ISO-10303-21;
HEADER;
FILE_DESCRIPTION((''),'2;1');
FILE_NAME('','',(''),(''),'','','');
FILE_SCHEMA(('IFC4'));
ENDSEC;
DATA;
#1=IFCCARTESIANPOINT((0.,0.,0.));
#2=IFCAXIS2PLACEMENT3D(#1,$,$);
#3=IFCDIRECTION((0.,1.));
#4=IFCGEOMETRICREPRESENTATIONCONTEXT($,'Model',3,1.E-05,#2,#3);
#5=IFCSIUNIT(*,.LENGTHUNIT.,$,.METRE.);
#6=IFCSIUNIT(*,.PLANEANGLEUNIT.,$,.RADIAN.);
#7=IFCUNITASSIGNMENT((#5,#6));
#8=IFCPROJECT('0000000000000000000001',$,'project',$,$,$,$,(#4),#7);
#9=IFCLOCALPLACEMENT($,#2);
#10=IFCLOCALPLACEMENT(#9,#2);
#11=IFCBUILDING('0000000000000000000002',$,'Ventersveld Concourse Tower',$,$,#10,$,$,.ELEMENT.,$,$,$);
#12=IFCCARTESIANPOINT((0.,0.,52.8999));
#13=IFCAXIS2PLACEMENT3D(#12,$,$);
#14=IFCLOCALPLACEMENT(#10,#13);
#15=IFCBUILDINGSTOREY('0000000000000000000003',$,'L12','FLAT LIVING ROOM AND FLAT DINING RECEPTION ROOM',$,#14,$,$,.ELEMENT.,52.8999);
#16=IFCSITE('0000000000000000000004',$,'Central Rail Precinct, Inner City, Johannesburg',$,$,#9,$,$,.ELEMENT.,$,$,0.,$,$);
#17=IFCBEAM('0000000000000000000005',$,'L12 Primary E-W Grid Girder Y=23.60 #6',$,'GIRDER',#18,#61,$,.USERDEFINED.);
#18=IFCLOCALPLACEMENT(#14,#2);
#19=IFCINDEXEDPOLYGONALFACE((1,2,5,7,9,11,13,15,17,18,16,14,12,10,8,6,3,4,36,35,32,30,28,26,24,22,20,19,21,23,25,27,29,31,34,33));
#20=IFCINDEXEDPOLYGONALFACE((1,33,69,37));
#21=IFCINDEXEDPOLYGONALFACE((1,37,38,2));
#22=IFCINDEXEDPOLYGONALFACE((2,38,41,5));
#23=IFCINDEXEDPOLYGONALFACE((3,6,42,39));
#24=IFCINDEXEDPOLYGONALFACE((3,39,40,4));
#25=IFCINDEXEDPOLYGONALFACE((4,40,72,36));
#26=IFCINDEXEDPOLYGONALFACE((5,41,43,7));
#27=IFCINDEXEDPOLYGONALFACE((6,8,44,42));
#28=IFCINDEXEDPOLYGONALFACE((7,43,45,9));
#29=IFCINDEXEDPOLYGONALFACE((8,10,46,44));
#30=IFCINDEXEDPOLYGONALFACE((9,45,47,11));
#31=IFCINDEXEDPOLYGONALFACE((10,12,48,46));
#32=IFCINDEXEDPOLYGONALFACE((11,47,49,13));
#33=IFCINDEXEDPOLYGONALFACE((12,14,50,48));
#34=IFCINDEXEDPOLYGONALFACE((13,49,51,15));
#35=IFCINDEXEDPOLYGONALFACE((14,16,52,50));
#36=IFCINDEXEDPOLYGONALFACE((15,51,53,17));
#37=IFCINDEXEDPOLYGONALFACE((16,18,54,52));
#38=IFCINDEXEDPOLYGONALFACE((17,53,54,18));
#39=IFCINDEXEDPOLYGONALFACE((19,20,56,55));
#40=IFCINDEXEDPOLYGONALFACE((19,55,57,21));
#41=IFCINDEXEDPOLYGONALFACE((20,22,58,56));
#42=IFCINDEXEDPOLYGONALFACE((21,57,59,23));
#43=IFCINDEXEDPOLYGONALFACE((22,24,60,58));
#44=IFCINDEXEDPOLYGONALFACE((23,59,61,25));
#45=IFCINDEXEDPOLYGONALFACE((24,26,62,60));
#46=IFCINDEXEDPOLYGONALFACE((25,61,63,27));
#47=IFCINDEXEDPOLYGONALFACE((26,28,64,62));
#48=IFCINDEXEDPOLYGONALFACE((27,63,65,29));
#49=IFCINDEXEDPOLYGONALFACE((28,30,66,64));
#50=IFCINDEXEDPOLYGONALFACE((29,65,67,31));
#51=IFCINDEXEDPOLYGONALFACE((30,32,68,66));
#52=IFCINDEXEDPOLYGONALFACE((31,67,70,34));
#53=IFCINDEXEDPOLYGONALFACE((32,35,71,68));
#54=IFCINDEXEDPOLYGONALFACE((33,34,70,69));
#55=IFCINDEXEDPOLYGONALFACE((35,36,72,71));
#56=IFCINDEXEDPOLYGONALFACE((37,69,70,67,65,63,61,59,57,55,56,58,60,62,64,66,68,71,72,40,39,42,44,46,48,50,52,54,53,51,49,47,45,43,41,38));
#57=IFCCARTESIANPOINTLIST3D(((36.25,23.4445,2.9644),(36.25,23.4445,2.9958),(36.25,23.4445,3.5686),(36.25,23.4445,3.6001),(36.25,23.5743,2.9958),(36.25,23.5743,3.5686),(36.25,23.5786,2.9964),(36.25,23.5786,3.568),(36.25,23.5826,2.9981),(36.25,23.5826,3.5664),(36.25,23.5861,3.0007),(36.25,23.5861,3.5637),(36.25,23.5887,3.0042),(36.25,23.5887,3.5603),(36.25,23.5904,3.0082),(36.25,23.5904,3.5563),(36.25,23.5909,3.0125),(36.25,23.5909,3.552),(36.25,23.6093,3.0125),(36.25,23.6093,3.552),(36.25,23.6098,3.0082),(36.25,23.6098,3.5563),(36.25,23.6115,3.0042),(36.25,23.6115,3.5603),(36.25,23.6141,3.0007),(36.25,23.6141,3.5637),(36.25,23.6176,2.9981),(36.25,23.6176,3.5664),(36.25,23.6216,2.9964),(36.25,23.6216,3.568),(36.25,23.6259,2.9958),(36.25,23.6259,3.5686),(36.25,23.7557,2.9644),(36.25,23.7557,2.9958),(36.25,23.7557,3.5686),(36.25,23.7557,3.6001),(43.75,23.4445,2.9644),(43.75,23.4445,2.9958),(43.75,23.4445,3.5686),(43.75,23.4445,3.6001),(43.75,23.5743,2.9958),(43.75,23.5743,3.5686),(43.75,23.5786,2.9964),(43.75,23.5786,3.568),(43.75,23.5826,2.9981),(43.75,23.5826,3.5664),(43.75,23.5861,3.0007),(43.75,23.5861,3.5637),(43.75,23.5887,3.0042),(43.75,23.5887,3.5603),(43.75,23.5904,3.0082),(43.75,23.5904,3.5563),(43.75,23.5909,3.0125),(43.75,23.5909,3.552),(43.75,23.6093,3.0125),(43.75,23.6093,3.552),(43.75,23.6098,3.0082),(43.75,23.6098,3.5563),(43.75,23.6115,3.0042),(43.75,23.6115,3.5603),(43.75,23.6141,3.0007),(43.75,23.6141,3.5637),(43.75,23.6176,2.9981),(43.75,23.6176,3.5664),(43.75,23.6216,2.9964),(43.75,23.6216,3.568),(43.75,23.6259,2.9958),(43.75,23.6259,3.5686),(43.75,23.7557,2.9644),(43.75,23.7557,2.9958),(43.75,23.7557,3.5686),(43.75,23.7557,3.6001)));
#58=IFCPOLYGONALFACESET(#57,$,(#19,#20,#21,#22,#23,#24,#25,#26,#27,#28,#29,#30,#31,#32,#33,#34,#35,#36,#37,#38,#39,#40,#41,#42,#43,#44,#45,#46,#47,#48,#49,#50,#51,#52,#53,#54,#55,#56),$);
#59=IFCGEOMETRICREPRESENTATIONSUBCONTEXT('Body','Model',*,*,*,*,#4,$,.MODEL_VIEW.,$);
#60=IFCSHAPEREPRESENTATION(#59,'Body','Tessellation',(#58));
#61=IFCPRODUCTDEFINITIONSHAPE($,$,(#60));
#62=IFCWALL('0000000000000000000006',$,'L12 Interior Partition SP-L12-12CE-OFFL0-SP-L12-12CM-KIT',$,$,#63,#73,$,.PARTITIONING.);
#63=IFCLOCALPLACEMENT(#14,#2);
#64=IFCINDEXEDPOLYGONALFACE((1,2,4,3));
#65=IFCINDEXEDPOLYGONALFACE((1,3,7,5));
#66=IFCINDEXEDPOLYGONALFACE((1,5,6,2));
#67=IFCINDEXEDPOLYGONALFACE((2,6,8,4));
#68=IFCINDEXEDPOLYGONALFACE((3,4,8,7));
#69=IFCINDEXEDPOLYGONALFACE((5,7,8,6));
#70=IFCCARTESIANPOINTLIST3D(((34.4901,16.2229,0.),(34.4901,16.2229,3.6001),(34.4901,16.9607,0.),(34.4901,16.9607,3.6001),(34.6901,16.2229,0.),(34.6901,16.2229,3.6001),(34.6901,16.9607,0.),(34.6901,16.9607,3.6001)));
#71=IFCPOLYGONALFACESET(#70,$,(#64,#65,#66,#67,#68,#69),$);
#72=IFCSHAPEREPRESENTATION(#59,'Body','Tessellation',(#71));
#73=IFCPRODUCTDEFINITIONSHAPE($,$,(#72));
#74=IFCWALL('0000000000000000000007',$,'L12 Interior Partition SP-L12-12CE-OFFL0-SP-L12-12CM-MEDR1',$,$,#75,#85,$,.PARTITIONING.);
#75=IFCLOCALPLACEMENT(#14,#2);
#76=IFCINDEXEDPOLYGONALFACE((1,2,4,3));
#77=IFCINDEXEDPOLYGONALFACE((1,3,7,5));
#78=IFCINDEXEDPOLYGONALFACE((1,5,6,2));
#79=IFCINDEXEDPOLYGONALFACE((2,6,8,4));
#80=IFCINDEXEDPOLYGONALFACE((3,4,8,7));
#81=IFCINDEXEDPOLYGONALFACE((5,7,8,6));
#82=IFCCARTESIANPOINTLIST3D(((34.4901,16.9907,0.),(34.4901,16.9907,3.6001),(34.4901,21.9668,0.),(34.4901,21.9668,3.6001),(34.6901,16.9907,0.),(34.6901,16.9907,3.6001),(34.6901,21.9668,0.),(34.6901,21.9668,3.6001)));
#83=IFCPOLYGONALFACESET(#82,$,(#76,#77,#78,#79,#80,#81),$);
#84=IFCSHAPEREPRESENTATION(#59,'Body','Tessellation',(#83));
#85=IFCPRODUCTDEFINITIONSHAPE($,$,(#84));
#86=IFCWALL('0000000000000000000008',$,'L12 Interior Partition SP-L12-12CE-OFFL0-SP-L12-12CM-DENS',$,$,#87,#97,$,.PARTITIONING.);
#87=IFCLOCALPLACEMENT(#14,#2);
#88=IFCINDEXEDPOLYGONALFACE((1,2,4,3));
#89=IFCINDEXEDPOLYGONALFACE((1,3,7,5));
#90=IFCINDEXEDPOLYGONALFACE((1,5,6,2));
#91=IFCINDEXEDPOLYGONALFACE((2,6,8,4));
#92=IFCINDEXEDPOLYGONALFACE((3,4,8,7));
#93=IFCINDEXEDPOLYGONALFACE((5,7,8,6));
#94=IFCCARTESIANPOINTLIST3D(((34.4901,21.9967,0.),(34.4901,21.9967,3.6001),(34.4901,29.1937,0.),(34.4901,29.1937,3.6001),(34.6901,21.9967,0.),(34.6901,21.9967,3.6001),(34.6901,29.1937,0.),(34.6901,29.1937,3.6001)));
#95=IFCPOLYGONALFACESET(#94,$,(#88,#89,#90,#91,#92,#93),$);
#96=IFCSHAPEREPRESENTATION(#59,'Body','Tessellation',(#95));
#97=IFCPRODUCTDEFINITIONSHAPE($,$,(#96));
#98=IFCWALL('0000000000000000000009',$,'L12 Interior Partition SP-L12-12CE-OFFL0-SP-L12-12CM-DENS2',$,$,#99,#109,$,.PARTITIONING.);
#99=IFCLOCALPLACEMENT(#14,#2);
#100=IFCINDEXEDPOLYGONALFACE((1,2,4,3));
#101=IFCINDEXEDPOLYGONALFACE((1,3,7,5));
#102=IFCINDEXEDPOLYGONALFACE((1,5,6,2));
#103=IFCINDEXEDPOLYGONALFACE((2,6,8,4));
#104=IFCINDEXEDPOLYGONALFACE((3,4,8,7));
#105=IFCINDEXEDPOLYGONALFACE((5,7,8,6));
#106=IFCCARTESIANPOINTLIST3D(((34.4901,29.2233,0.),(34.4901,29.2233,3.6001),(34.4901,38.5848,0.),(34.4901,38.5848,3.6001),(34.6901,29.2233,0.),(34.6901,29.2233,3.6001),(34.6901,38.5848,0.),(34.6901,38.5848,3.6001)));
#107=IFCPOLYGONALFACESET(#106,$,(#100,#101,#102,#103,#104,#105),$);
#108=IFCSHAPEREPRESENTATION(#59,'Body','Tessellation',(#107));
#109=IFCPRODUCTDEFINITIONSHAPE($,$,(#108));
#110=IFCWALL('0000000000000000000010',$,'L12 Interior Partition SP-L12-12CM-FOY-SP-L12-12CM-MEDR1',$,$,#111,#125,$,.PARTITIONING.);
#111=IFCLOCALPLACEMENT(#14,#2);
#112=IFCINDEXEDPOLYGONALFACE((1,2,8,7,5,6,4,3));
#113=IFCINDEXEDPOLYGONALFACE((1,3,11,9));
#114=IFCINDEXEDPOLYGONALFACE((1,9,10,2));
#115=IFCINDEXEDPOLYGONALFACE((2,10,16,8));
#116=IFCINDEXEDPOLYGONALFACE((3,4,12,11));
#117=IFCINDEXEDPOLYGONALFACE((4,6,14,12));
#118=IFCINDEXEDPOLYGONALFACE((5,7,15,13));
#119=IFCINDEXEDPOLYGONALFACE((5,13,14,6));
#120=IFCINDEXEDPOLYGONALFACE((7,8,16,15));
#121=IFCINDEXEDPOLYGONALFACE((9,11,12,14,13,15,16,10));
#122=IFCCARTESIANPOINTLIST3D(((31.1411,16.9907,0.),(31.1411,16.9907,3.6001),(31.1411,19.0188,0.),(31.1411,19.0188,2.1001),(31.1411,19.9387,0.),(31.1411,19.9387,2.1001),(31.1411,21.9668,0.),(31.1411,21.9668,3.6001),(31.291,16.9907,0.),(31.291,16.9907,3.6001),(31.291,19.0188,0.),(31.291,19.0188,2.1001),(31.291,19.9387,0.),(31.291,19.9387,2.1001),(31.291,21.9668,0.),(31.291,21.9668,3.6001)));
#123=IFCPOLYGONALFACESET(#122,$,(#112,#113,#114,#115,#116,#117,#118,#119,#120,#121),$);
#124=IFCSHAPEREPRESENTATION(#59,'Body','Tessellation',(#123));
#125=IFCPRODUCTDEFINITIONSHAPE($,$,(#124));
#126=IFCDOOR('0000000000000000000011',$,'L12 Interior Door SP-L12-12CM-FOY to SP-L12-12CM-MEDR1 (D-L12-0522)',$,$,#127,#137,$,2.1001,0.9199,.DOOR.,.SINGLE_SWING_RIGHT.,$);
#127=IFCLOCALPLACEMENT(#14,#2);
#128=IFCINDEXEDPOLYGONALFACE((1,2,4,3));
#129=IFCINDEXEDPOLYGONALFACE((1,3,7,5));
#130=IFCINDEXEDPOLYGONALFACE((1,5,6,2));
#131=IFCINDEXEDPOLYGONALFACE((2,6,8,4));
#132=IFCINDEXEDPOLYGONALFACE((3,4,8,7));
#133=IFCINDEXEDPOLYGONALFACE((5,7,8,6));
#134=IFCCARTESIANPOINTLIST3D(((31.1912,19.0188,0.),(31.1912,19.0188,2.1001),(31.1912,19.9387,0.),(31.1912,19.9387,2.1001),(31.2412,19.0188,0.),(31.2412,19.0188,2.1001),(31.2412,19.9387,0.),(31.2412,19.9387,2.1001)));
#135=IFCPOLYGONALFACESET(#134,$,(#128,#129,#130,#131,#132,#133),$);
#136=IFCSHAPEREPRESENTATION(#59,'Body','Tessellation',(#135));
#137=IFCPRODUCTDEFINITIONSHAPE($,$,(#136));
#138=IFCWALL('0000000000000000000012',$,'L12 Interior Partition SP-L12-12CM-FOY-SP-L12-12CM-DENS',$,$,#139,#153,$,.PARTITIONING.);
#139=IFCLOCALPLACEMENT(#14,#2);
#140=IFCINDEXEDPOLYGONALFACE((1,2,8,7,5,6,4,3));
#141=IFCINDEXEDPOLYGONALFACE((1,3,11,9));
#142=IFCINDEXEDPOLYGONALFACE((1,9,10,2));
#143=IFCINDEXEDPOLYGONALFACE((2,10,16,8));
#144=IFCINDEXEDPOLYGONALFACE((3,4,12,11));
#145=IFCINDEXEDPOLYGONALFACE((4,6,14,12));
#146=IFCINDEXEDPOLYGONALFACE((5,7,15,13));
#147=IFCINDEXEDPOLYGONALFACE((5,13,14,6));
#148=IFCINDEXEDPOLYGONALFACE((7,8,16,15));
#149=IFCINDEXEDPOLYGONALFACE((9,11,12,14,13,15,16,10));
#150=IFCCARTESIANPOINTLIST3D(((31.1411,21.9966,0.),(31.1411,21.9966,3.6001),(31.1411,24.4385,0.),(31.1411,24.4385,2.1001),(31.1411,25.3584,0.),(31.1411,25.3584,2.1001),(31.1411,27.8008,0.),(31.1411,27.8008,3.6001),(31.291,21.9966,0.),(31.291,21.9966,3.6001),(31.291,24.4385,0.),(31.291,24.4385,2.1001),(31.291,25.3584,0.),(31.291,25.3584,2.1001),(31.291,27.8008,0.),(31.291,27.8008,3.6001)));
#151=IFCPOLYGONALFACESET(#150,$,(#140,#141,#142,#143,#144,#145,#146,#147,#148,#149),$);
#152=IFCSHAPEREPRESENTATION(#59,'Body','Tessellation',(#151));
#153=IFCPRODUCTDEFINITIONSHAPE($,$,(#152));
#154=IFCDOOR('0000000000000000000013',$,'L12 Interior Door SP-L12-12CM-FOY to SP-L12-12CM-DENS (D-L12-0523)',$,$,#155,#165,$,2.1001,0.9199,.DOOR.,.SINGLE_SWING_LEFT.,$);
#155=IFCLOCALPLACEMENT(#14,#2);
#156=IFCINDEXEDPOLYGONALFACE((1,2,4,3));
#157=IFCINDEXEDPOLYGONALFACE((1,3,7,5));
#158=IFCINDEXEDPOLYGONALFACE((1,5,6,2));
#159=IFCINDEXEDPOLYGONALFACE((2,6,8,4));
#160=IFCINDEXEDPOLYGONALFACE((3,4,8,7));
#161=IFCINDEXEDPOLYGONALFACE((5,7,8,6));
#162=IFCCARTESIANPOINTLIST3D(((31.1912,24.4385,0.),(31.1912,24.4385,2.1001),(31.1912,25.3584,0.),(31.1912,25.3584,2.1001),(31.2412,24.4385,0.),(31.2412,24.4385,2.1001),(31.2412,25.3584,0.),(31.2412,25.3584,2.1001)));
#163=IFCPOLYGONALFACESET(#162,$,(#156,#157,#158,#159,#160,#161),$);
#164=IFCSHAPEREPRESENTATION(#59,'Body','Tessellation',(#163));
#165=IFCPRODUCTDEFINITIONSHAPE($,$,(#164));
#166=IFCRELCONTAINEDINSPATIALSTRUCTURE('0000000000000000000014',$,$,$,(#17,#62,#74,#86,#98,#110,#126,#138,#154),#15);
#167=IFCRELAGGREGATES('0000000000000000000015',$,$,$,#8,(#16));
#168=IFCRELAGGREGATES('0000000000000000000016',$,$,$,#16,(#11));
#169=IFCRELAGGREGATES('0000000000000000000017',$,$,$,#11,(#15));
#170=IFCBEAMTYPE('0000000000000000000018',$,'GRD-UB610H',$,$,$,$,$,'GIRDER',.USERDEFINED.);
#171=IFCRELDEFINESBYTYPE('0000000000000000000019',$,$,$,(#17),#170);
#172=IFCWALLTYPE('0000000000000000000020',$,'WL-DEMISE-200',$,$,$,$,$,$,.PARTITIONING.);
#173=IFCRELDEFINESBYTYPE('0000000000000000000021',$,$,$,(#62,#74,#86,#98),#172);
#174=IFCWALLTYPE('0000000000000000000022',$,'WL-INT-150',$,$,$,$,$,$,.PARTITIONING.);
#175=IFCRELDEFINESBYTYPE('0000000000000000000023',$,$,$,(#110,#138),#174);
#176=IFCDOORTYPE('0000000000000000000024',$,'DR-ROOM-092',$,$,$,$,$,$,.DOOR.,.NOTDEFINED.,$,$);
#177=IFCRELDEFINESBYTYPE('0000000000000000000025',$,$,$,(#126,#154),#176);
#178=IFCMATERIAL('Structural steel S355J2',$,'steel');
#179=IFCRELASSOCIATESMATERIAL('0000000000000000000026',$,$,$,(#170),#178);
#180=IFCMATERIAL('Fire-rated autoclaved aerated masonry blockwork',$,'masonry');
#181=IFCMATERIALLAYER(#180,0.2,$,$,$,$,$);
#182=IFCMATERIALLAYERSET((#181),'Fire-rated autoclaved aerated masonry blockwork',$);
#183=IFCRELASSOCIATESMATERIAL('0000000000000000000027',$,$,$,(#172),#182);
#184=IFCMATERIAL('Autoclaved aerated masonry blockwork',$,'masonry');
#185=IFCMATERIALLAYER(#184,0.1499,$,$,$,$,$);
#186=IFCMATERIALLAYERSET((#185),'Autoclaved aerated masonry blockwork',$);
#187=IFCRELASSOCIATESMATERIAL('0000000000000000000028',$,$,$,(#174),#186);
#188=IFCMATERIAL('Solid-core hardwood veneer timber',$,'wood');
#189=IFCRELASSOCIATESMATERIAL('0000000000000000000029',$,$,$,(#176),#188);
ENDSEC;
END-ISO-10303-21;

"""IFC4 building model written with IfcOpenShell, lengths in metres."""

from ifc_helpers import new_model, si_unit, direction, frame, frame_2d, origin, origin_2d, place, context, subcontext, project, spatial, rectangle, i_section, extrude, material, layer, layer_set, material_profile, profile_set, type_object, element, fill, save


model = new_model("IFC4")

# Units and contexts
model_context = context("Model", 3, precision=1e-05, world=origin(), true_north=direction((0.0, 1.0)))
body_context = subcontext(model_context, "Body", "Model", "MODEL_VIEW")
ifc_project = project(units=[si_unit("LENGTHUNIT", "METRE"), si_unit("PLANEANGLEUNIT", "RADIAN")], contexts=[model_context])

# Site, building, storey
site_placement = place(None, origin())
site = spatial("IfcSite", under=ifc_project, at=site_placement, Name="Central Rail Precinct, Inner City, Johannesburg", CompositionType="ELEMENT", RefElevation=0.0)
building_placement = place(site_placement, origin())
building = spatial("IfcBuilding", under=site, at=building_placement, Name="Ventersveld Concourse Tower", CompositionType="ELEMENT")
storey_placement = place(building_placement, frame((0.0, 0.0, 52.8999)))
storey = spatial("IfcBuildingStorey", under=building, at=storey_placement, Name="L12", Description="FLAT LIVING ROOM AND FLAT DINING RECEPTION ROOM", CompositionType="ELEMENT", Elevation=52.8999)

# Beam
ifc_material_1 = material(Name="Structural steel S355J2", Category="steel")
ifc_material_profile_1 = material_profile(ifc_material_1, i_section(OverallWidth=0.3113, OverallDepth=0.6357, WebThickness=0.0183, FlangeThickness=0.0315, FilletRadius=0.0166, at=origin_2d()), Name="UB 610x305x238")
ifc_profile_set_1 = profile_set([ifc_material_profile_1], Name="Structural steel S355J2")
beam_type_1 = type_object("IfcBeamType", Name="GRD-UB610H", ElementType="GIRDER", PredefinedType="USERDEFINED", material=ifc_profile_set_1)
for number, where, z_axis, x_axis, name in (
    (1, (36.25, 23.6001, 3.2822), (1.0, 0.0, 0.0), (0.0, 1.0, 0.0), "L12 Primary E-W Grid Girder Y=23.60 #6"),
):
    element("IfcBeam", number, at=place(storey_placement, frame(where, z_axis=z_axis, x_axis=x_axis)), inside=storey, type_object=beam_type_1, Name=name, ObjectType="GIRDER", PredefinedType="USERDEFINED", context=body_context, shape_type="SweptSolid", body=[
        extrude(i_section(OverallWidth=0.3113, OverallDepth=0.6357, WebThickness=0.0183, FlangeThickness=0.0315, FilletRadius=0.0166, at=origin_2d()), origin(), (0.0, 0.0, 1.0), 7.5),
    ])

# Walls
ifc_material_2 = material(Name="Fire-rated autoclaved aerated masonry blockwork", Category="masonry")
ifc_layer_1 = layer(ifc_material_2, 0.2)
ifc_layer_set_1 = layer_set([ifc_layer_1], Name="Fire-rated autoclaved aerated masonry blockwork")
wall_type_1 = type_object("IfcWallType", Name="WL-DEMISE-200", PredefinedType="PARTITIONING", material=ifc_layer_set_1)
wall_1_placement = place(storey_placement, frame((34.5901, 16.2229, 0.0), z_axis=(0.0, 0.0, 1.0), x_axis=(0.0, 1.0, 0.0)))
element("IfcWall", 2, at=wall_1_placement, inside=storey, type_object=wall_type_1, Name="L12 Interior Partition SP-L12-12CE-OFFL0-SP-L12-12CM-KIT", PredefinedType="PARTITIONING", context=body_context, shape_type="SweptSolid", body=[
    extrude(rectangle(XDim=0.7378, YDim=0.2, at=frame_2d((0.3689, 0.0))), origin(), (0.0, 0.0, 1.0), 3.6001),
])
wall_2_placement = place(storey_placement, frame((34.5901, 16.9907, 0.0), z_axis=(0.0, 0.0, 1.0), x_axis=(0.0, 1.0, 0.0)))
element("IfcWall", 3, at=wall_2_placement, inside=storey, type_object=wall_type_1, Name="L12 Interior Partition SP-L12-12CE-OFFL0-SP-L12-12CM-MEDR1", PredefinedType="PARTITIONING", context=body_context, shape_type="SweptSolid", body=[
    extrude(rectangle(XDim=4.9761, YDim=0.2, at=frame_2d((2.488, 0.0))), origin(), (0.0, 0.0, 1.0), 3.6001),
])
wall_3_placement = place(storey_placement, frame((34.5901, 21.9966, 0.0), z_axis=(0.0, 0.0, 1.0), x_axis=(0.0, 1.0, 0.0)))
element("IfcWall", 4, at=wall_3_placement, inside=storey, type_object=wall_type_1, Name="L12 Interior Partition SP-L12-12CE-OFFL0-SP-L12-12CM-DENS", PredefinedType="PARTITIONING", context=body_context, shape_type="SweptSolid", body=[
    extrude(rectangle(XDim=7.197, YDim=0.2, at=frame_2d((3.5986, 0.0))), origin(), (0.0, 0.0, 1.0), 3.6001),
])
wall_4_placement = place(storey_placement, frame((34.5901, 29.2234, 0.0), z_axis=(0.0, 0.0, 1.0), x_axis=(0.0, 1.0, 0.0)))
element("IfcWall", 5, at=wall_4_placement, inside=storey, type_object=wall_type_1, Name="L12 Interior Partition SP-L12-12CE-OFFL0-SP-L12-12CM-DENS2", PredefinedType="PARTITIONING", context=body_context, shape_type="SweptSolid", body=[
    extrude(rectangle(XDim=9.3616, YDim=0.2, at=frame_2d((4.6807, 0.0))), origin(), (0.0, 0.0, 1.0), 3.6001),
])

# Walls, openings, doors
ifc_material_3 = material(Name="Autoclaved aerated masonry blockwork", Category="masonry")
ifc_layer_2 = layer(ifc_material_3, 0.1499)
ifc_layer_set_2 = layer_set([ifc_layer_2], Name="Autoclaved aerated masonry blockwork")
wall_type_2 = type_object("IfcWallType", Name="WL-INT-150", PredefinedType="PARTITIONING", material=ifc_layer_set_2)
wall_5_placement = place(storey_placement, frame((31.2161, 16.9907, 0.0), z_axis=(0.0, 0.0, 1.0), x_axis=(0.0, 1.0, 0.0)))
wall_5 = element("IfcWall", 6, at=wall_5_placement, inside=storey, type_object=wall_type_2, Name="L12 Interior Partition SP-L12-12CM-FOY-SP-L12-12CM-MEDR1", PredefinedType="PARTITIONING", context=body_context, shape_type="SweptSolid", body=[
    extrude(rectangle(XDim=4.9761, YDim=0.1499, at=frame_2d((2.488, 0.0))), origin(), (0.0, 0.0, 1.0), 3.6001),
])
opening_1_placement = place(wall_5_placement, frame((2.0281, 0.0, 0.0)))
opening_1 = element("IfcOpeningElement", 7, at=opening_1_placement, cuts=wall_5, PredefinedType="OPENING", context=body_context, shape_type="SweptSolid", body=[
    extrude(rectangle(XDim=0.9199, YDim=2.1001, at=frame_2d((0.46, 1.05))), frame((0.0, 0.085, 0.0), z_axis=(0.0, -1.0, 0.0), x_axis=(1.0, 0.0, 0.0)), (0.0, 0.0, 1.0), 0.1699),
])
ifc_material_4 = material(Name="Solid-core hardwood veneer timber", Category="wood")
door_type = type_object("IfcDoorType", Name="DR-ROOM-092", OperationType="NOTDEFINED", PredefinedType="DOOR", material=ifc_material_4)
door_1_placement = place(opening_1_placement, origin())
door_1 = element("IfcDoor", 8, at=door_1_placement, inside=storey, type_object=door_type, Name="L12 Interior Door SP-L12-12CM-FOY to SP-L12-12CM-MEDR1 (D-L12-0522)", OperationType="SINGLE_SWING_RIGHT", OverallHeight=2.1001, OverallWidth=0.9199, PredefinedType="DOOR", context=body_context, shape_type="SweptSolid", body=[
    extrude(rectangle(XDim=0.9199, YDim=2.1001, at=frame_2d((0.46, 1.05))), frame((0.0, 0.0249, 0.0), z_axis=(0.0, -1.0, 0.0), x_axis=(1.0, 0.0, 0.0)), (0.0, 0.0, 1.0), 0.05),
])
fill(opening_1, door_1)
wall_6_placement = place(storey_placement, frame((31.2161, 21.9966, 0.0), z_axis=(0.0, 0.0, 1.0), x_axis=(0.0, 1.0, 0.0)))
wall_6 = element("IfcWall", 9, at=wall_6_placement, inside=storey, type_object=wall_type_2, Name="L12 Interior Partition SP-L12-12CM-FOY-SP-L12-12CM-DENS", PredefinedType="PARTITIONING", context=body_context, shape_type="SweptSolid", body=[
    extrude(rectangle(XDim=5.8042, YDim=0.1499, at=frame_2d((2.9021, 0.0))), origin(), (0.0, 0.0, 1.0), 3.6001),
])
opening_2_placement = place(wall_6_placement, frame((2.4419, 0.0, 0.0)))
opening_2 = element("IfcOpeningElement", 10, at=opening_2_placement, cuts=wall_6, PredefinedType="OPENING", context=body_context, shape_type="SweptSolid", body=[
    extrude(rectangle(XDim=0.9199, YDim=2.1001, at=frame_2d((0.46, 1.05))), frame((0.0, 0.085, 0.0), z_axis=(0.0, -1.0, 0.0), x_axis=(1.0, 0.0, 0.0)), (0.0, 0.0, 1.0), 0.1699),
])
door_2_placement = place(opening_2_placement, origin())
door_2 = element("IfcDoor", 11, at=door_2_placement, inside=storey, type_object=door_type, Name="L12 Interior Door SP-L12-12CM-FOY to SP-L12-12CM-DENS (D-L12-0523)", OperationType="SINGLE_SWING_LEFT", OverallHeight=2.1001, OverallWidth=0.9199, PredefinedType="DOOR", context=body_context, shape_type="SweptSolid", body=[
    extrude(rectangle(XDim=0.9199, YDim=2.1001, at=frame_2d((0.46, 1.05))), frame((0.0, 0.0249, 0.0), z_axis=(0.0, -1.0, 0.0), x_axis=(1.0, 0.0, 0.0)), (0.0, 0.0, 1.0), 0.05),
])
fill(opening_2, door_2)

save(model, "model.ifc")
